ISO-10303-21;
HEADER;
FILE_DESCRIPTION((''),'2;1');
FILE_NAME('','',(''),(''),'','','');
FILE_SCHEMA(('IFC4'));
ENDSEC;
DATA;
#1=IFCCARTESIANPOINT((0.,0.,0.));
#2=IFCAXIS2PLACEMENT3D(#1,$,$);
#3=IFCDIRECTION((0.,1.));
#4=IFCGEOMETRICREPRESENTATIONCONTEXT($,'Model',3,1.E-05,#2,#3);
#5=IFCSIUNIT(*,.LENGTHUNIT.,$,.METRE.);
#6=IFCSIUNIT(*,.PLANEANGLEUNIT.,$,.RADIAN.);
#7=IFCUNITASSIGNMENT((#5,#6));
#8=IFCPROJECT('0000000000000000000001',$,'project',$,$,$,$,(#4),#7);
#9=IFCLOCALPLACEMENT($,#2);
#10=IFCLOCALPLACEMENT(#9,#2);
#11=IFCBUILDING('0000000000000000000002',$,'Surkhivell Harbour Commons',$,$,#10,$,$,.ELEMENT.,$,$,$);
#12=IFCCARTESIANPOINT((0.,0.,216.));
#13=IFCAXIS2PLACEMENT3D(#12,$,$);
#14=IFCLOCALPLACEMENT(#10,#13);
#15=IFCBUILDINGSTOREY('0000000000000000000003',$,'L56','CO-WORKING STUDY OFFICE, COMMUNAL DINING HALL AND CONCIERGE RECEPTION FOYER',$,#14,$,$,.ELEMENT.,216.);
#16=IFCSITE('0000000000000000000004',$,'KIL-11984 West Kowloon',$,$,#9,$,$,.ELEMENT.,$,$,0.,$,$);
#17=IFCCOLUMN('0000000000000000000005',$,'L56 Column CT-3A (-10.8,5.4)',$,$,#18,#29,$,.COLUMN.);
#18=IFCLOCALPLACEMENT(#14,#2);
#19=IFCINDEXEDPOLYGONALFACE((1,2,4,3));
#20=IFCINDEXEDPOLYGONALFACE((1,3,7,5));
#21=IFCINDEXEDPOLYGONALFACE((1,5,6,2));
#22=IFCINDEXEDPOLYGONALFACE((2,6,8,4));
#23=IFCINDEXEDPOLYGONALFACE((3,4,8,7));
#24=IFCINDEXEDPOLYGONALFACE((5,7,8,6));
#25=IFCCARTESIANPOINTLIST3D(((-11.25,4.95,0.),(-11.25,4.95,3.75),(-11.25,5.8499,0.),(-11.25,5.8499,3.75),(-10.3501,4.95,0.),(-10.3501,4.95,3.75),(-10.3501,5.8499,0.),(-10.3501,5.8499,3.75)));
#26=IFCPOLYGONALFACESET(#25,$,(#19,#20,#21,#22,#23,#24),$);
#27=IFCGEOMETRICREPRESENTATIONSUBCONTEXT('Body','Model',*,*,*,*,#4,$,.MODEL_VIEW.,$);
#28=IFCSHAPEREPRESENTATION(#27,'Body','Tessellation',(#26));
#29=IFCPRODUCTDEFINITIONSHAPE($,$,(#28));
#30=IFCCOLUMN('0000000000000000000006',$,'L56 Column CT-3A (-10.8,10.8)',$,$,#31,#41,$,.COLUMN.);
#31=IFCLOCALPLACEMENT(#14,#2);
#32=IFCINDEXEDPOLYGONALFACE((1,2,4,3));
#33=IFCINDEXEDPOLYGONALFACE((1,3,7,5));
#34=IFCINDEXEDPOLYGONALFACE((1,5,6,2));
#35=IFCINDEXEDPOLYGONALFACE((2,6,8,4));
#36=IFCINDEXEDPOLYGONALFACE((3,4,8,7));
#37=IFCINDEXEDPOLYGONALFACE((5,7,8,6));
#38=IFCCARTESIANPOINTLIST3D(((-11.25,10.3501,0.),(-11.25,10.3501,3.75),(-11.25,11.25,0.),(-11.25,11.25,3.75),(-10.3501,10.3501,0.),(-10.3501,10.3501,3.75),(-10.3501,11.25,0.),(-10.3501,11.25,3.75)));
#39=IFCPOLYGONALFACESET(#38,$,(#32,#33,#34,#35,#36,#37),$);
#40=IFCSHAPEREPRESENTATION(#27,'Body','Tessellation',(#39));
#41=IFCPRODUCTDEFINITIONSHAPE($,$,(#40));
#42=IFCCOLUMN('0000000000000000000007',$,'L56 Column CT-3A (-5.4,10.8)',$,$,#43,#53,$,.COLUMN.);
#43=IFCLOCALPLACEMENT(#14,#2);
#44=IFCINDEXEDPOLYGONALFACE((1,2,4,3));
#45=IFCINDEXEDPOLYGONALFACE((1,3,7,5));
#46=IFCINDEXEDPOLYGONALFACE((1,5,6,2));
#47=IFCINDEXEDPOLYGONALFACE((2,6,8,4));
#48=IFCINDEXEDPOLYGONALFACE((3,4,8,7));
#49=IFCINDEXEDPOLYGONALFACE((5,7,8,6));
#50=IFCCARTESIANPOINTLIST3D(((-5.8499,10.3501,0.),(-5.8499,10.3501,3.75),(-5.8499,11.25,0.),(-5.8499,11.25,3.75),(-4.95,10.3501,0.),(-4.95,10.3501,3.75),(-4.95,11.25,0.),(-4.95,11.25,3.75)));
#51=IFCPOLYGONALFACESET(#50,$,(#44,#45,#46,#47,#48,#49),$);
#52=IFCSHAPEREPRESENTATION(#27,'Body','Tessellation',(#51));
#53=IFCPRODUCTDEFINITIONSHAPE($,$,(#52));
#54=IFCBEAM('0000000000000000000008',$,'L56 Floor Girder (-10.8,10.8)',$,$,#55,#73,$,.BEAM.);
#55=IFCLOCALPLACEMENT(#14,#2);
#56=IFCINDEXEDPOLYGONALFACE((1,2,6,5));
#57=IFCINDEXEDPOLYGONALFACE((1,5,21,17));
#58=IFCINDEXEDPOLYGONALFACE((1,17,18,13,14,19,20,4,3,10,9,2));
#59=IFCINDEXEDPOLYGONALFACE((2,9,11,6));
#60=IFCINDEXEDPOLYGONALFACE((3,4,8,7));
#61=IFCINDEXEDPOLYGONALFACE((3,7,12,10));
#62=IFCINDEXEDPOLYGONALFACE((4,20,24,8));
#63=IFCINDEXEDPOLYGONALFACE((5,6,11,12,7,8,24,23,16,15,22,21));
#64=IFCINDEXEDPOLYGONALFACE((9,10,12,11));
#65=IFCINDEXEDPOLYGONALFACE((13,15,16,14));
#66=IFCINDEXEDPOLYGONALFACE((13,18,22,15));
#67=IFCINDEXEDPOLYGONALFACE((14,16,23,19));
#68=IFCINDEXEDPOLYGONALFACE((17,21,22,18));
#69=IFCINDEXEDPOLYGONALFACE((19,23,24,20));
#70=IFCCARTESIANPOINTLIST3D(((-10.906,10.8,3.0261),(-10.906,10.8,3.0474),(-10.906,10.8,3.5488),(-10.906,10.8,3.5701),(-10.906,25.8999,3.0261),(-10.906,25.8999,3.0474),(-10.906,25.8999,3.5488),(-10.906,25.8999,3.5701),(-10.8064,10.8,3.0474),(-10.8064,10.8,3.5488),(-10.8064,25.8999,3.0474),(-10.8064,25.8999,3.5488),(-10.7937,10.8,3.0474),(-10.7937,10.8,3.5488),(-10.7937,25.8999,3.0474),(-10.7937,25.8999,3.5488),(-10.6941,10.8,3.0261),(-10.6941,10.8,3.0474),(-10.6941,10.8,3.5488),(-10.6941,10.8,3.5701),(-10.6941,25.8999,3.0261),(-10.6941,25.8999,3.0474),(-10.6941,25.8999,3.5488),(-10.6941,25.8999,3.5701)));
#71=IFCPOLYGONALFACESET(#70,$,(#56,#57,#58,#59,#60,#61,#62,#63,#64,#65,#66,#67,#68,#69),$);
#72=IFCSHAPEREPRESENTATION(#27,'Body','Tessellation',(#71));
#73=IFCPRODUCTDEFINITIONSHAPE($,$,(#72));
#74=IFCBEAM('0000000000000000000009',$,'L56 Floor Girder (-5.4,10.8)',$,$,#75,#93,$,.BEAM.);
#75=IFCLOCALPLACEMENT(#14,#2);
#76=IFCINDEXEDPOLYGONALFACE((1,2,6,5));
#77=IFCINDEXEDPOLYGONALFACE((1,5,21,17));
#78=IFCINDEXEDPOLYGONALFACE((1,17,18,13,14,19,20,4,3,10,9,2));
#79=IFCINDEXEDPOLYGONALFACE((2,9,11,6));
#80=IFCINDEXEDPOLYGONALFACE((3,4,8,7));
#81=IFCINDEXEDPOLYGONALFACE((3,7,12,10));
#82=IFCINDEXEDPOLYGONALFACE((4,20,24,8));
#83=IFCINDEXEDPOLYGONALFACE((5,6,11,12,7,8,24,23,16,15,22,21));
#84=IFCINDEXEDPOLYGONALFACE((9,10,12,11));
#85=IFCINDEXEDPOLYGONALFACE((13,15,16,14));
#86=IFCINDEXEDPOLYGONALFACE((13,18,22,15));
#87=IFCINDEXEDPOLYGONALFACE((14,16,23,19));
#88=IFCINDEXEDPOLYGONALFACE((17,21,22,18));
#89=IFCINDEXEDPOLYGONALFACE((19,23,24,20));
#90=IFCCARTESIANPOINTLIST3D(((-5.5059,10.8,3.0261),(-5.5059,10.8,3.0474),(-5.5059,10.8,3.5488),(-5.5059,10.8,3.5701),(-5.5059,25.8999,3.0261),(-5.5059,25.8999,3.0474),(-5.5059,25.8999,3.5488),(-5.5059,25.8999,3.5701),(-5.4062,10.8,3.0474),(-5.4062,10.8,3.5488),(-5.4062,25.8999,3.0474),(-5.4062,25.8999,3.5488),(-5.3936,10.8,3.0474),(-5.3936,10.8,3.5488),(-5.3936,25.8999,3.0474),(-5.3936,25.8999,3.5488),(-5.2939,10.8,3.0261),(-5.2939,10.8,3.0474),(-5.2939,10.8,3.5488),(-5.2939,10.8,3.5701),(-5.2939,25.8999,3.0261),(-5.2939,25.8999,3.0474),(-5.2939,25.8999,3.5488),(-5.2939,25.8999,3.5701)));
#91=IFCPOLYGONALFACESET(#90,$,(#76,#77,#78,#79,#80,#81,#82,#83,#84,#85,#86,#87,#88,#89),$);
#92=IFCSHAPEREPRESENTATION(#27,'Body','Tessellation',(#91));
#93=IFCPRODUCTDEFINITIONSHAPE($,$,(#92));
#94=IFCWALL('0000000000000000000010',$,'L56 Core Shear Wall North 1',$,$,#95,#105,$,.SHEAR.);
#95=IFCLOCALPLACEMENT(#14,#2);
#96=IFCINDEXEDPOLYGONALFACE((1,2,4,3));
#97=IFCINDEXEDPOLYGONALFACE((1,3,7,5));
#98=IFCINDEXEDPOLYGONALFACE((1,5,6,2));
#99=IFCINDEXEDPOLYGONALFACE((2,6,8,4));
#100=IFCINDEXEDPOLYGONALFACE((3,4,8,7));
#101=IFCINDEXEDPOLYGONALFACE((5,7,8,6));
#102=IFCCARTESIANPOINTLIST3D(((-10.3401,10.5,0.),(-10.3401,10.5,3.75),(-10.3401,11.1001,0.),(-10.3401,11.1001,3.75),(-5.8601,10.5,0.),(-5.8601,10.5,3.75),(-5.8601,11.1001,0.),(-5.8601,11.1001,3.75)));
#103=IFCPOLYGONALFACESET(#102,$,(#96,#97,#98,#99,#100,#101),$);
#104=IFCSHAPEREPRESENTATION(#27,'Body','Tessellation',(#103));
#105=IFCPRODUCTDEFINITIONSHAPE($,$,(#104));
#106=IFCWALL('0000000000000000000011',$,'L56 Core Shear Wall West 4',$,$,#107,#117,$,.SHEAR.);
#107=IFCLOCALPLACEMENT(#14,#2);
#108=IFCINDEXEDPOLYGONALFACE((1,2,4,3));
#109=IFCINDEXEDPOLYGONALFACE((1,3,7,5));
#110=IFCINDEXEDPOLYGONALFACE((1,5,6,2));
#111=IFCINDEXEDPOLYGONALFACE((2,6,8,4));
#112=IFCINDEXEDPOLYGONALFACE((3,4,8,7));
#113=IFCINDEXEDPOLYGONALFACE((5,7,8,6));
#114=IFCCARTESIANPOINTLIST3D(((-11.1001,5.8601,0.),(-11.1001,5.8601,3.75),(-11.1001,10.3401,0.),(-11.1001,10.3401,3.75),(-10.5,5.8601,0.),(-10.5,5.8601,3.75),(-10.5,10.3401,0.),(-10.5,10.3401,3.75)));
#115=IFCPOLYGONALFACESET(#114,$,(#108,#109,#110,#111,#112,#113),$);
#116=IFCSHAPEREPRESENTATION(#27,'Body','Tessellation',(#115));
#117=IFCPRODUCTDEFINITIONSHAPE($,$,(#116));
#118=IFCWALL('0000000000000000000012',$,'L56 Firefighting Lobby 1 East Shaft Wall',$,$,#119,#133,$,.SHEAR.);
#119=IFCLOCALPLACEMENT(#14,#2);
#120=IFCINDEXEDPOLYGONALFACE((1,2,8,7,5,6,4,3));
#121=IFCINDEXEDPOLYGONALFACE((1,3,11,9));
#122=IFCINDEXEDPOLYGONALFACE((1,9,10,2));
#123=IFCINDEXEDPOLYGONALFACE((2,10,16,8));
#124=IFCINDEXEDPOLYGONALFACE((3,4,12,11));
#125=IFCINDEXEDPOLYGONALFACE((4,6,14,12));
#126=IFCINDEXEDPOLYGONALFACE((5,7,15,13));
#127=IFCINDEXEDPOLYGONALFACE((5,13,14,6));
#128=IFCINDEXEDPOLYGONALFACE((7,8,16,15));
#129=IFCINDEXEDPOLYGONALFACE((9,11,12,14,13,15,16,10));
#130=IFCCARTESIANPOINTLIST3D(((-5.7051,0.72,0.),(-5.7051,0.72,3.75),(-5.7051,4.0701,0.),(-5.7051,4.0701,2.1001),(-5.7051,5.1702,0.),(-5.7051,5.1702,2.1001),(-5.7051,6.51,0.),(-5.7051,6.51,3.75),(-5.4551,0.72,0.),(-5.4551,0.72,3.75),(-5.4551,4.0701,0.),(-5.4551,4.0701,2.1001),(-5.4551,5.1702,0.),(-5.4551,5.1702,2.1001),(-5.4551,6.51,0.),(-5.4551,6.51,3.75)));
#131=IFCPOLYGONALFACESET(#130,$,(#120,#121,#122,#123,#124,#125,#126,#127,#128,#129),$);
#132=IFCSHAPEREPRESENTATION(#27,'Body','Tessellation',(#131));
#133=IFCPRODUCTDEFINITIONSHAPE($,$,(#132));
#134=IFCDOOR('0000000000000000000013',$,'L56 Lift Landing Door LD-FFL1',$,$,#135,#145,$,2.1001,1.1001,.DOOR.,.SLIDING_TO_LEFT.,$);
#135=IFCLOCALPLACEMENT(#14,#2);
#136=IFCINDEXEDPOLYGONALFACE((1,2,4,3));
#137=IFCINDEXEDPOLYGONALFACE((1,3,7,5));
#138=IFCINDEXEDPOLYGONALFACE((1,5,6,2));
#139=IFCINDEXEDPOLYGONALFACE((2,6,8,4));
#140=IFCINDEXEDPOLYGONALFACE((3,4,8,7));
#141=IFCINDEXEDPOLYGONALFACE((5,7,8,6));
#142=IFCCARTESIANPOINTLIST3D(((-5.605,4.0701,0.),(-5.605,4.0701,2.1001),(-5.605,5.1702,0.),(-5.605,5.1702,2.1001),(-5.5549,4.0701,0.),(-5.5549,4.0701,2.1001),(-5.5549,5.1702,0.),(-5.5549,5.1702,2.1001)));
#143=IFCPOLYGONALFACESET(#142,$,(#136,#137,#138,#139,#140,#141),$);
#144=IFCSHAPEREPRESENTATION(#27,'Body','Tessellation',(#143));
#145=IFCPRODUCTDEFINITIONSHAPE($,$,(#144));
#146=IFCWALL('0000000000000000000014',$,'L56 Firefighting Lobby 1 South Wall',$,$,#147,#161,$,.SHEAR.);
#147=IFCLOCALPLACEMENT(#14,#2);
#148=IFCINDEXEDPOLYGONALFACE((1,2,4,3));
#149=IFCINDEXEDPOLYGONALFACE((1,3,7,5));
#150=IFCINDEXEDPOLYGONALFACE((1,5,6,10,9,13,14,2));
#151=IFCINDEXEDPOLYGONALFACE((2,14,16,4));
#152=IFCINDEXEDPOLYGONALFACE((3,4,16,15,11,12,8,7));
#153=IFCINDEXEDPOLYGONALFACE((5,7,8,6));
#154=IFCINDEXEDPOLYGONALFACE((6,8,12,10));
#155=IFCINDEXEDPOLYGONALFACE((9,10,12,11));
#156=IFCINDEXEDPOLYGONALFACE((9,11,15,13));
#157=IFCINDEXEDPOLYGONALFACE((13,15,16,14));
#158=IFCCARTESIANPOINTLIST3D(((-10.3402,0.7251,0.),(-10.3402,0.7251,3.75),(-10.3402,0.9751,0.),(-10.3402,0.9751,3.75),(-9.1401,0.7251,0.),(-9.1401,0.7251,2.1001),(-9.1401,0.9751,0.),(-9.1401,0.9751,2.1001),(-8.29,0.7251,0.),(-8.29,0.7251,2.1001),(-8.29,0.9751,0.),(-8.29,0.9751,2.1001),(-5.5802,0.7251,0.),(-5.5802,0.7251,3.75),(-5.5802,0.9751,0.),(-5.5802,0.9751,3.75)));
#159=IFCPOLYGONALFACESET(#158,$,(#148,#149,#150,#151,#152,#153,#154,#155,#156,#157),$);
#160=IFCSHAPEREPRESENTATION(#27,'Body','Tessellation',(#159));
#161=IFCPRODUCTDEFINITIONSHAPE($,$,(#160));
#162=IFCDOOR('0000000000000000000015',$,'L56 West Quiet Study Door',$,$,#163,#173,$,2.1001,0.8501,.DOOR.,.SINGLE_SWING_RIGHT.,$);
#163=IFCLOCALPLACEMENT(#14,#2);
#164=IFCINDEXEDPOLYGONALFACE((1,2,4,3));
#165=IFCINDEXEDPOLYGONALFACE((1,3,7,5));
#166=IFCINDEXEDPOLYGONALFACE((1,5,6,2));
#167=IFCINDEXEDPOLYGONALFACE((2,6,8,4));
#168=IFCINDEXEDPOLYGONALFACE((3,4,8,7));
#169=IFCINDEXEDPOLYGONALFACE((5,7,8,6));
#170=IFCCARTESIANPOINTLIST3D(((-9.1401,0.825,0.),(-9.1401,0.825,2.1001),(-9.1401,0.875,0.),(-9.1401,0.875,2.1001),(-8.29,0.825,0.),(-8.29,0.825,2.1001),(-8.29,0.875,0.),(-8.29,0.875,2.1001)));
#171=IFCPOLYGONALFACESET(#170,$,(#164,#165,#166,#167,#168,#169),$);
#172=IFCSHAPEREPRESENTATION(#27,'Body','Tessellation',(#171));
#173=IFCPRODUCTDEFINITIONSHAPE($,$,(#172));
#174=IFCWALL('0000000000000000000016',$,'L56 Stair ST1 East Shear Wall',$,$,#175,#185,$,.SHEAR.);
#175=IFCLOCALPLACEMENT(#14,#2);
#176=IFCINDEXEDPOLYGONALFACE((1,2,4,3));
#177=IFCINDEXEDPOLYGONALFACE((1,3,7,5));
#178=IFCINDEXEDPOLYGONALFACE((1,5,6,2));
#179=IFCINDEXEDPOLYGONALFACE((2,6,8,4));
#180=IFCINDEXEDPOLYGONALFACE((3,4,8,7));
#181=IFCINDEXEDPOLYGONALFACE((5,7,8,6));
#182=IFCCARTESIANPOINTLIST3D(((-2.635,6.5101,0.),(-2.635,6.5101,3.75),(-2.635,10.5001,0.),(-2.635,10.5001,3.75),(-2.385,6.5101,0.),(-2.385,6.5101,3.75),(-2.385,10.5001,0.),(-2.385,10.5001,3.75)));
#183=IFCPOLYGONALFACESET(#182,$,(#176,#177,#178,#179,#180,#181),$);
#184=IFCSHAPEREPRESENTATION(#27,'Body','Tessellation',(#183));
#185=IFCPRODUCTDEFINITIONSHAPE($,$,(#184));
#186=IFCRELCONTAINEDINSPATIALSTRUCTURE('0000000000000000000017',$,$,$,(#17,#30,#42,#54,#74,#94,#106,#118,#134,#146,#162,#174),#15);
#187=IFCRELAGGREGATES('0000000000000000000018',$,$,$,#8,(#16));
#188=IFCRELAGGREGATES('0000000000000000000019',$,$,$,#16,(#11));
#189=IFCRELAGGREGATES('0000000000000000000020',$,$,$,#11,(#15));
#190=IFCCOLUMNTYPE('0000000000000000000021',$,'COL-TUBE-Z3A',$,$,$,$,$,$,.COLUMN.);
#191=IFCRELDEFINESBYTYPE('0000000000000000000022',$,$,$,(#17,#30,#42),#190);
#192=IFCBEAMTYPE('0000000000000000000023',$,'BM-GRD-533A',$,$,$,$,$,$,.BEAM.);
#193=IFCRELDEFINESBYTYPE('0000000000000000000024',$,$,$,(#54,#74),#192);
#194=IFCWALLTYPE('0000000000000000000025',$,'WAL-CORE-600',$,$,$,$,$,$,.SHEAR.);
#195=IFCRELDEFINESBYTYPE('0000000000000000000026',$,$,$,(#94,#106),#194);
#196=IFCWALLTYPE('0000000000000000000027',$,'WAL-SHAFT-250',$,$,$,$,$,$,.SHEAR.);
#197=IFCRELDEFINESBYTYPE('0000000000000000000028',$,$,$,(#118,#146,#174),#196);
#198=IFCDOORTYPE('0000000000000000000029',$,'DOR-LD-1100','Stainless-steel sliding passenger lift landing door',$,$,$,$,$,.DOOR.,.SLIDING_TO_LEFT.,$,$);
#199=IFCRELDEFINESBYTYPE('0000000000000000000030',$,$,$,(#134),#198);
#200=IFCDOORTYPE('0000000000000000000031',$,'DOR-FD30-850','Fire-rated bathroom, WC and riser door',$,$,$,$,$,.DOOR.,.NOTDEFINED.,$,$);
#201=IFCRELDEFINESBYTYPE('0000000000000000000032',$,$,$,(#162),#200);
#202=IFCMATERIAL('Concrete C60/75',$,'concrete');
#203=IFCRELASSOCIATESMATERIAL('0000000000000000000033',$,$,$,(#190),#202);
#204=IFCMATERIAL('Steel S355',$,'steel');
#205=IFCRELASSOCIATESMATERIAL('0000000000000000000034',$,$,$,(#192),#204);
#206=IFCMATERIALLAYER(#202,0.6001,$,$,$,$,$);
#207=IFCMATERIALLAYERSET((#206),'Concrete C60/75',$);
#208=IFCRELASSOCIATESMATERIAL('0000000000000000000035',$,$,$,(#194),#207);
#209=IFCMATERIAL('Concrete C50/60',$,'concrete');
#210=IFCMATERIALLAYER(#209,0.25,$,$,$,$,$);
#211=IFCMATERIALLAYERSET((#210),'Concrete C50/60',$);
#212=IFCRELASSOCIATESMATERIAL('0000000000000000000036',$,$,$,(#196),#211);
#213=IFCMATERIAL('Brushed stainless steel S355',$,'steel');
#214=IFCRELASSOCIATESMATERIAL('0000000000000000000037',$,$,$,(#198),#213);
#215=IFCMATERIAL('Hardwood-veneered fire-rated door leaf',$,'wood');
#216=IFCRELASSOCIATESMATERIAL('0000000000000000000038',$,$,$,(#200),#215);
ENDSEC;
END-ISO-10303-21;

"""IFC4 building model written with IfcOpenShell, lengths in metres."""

from ifc_helpers import new_model, si_unit, direction, frame, frame_2d, origin, origin_2d, place, context, subcontext, project, spatial, rectangle, i_section, extrude, material, layer, layer_set, material_profile, profile_set, type_object, element, fill, save


model = new_model("IFC4")

# Units and contexts
model_context = context("Model", 3, precision=1e-05, world=origin(), true_north=direction((0.0, 1.0)))
body_context = subcontext(model_context, "Body", "Model", "MODEL_VIEW")
ifc_project = project(units=[si_unit("LENGTHUNIT", "METRE"), si_unit("PLANEANGLEUNIT", "RADIAN")], contexts=[model_context])

# Site, building, storey
site_placement = place(None, origin())
site = spatial("IfcSite", under=ifc_project, at=site_placement, Name="KIL-11984 West Kowloon", CompositionType="ELEMENT", RefElevation=0.0)
building_placement = place(site_placement, origin())
building = spatial("IfcBuilding", under=site, at=building_placement, Name="Surkhivell Harbour Commons", CompositionType="ELEMENT")
storey_placement = place(building_placement, frame((0.0, 0.0, 216.0)))
storey = spatial("IfcBuildingStorey", under=building, at=storey_placement, Name="L56", Description="CO-WORKING STUDY OFFICE, COMMUNAL DINING HALL AND CONCIERGE RECEPTION FOYER", CompositionType="ELEMENT", Elevation=216.0)

# Columns
ifc_material_1 = material(Name="Concrete C60/75", Category="concrete")
ifc_material_profile_1 = material_profile(ifc_material_1, rectangle(XDim=0.8999, YDim=0.8999, at=origin_2d()), Name="RC-COL-900x900")
ifc_profile_set_1 = profile_set([ifc_material_profile_1], Name="Concrete C60/75")
column_type = type_object("IfcColumnType", Name="COL-TUBE-Z3A", PredefinedType="COLUMN", material=ifc_profile_set_1)
for number, where, z_axis, x_axis, name in (
    (1, (-10.8, 5.3999, 0.0), (0.0, 0.0, 1.0), (1.0, 0.0, 0.0), "L56 Column CT-3A (-10.8,5.4)"),
    (2, (-10.8, 10.8, 0.0), (0.0, 0.0, 1.0), (1.0, 0.0, 0.0), "L56 Column CT-3A (-10.8,10.8)"),
    (3, (-5.3999, 10.8, 0.0), (0.0, 0.0, 1.0), (1.0, 0.0, 0.0), "L56 Column CT-3A (-5.4,10.8)"),
):
    element("IfcColumn", number, at=place(storey_placement, frame(where, z_axis=z_axis, x_axis=x_axis)), inside=storey, type_object=column_type, Name=name, PredefinedType="COLUMN", context=body_context, shape_type="SweptSolid", body=[
        extrude(rectangle(XDim=0.8999, YDim=0.8999, at=origin_2d()), origin(), (0.0, 0.0, 1.0), 3.75),
    ])

# Beams
ifc_material_2 = material(Name="Steel S355", Category="steel")
ifc_material_profile_2 = material_profile(ifc_material_2, i_section(OverallWidth=0.2119, OverallDepth=0.5439, WebThickness=0.0127, FlangeThickness=0.0212, at=origin_2d()), Name="UB533x210x122")
ifc_profile_set_2 = profile_set([ifc_material_profile_2], Name="Steel S355")
beam_type = type_object("IfcBeamType", Name="BM-GRD-533A", PredefinedType="BEAM", material=ifc_profile_set_2)
for number, where, z_axis, x_axis, name in (
    (4, (-10.8, 10.8, 3.2981), (0.0, 1.0, 0.0), (-1.0, 0.0, 0.0), "L56 Floor Girder (-10.8,10.8)"),
    (5, (-5.3999, 10.8, 3.2981), (0.0, 1.0, 0.0), (-1.0, 0.0, 0.0), "L56 Floor Girder (-5.4,10.8)"),
):
    element("IfcBeam", number, at=place(storey_placement, frame(where, z_axis=z_axis, x_axis=x_axis)), inside=storey, type_object=beam_type, Name=name, PredefinedType="BEAM", context=body_context, shape_type="SweptSolid", body=[
        extrude(i_section(OverallWidth=0.2119, OverallDepth=0.5439, WebThickness=0.0127, FlangeThickness=0.0212, at=origin_2d()), origin(), (0.0, 0.0, 1.0), 15.0999),
    ])

# Walls
ifc_layer_1 = layer(ifc_material_1, 0.6001)
ifc_layer_set_1 = layer_set([ifc_layer_1], Name="Concrete C60/75")
wall_type_1 = type_object("IfcWallType", Name="WAL-CORE-600", PredefinedType="SHEAR", material=ifc_layer_set_1)
for number, where, z_axis, x_axis, name in (
    (6, (-10.3401, 10.8, 0.0), (0.0, 0.0, 1.0), (1.0, 0.0, 0.0), "L56 Core Shear Wall North 1"),
    (7, (-10.8, 5.8601, 0.0), (0.0, 0.0, 1.0), (0.0, 1.0, 0.0), "L56 Core Shear Wall West 4"),
):
    element("IfcWall", number, at=place(storey_placement, frame(where, z_axis=z_axis, x_axis=x_axis)), inside=storey, type_object=wall_type_1, Name=name, PredefinedType="SHEAR", context=body_context, shape_type="SweptSolid", body=[
        extrude(rectangle(XDim=4.48, YDim=0.6001, at=frame_2d((2.24, 0.0))), origin(), (0.0, 0.0, 1.0), 3.75),
    ])

# Walls, openings, doors
ifc_material_3 = material(Name="Concrete C50/60", Category="concrete")
ifc_layer_2 = layer(ifc_material_3, 0.25)
ifc_layer_set_2 = layer_set([ifc_layer_2], Name="Concrete C50/60")
wall_type_2 = type_object("IfcWallType", Name="WAL-SHAFT-250", PredefinedType="SHEAR", material=ifc_layer_set_2)
wall_1_placement = place(storey_placement, frame((-5.5801, 0.72, 0.0), z_axis=(0.0, 0.0, 1.0), x_axis=(0.0, 1.0, 0.0)))
wall_1 = element("IfcWall", 8, at=wall_1_placement, inside=storey, type_object=wall_type_2, Name="L56 Firefighting Lobby 1 East Shaft Wall", PredefinedType="SHEAR", context=body_context, shape_type="SweptSolid", body=[
    extrude(rectangle(XDim=5.79, YDim=0.25, at=frame_2d((2.895, 0.0))), origin(), (0.0, 0.0, 1.0), 3.75),
])
opening_1_placement = place(wall_1_placement, frame((3.3501, 0.0, 0.0)))
opening_1 = element("IfcOpeningElement", 9, at=opening_1_placement, cuts=wall_1, PredefinedType="OPENING", context=body_context, shape_type="SweptSolid", body=[
    extrude(rectangle(XDim=1.1001, YDim=2.1001, at=frame_2d((0.55, 1.05))), frame((0.0, 0.135, 0.0), z_axis=(0.0, -1.0, 0.0), x_axis=(1.0, 0.0, 0.0)), (0.0, 0.0, 1.0), 0.27),
])
ifc_material_4 = material(Name="Brushed stainless steel S355", Category="steel")
door_type_1 = type_object("IfcDoorType", Name="DOR-LD-1100", Description="Stainless-steel sliding passenger lift landing door", OperationType="SLIDING_TO_LEFT", PredefinedType="DOOR", material=ifc_material_4)
door_1_placement = place(opening_1_placement, origin())
door_1 = element("IfcDoor", 10, at=door_1_placement, inside=storey, type_object=door_type_1, Name="L56 Lift Landing Door LD-FFL1", OperationType="SLIDING_TO_LEFT", OverallHeight=2.1001, OverallWidth=1.1001, PredefinedType="DOOR", context=body_context, shape_type="SweptSolid", body=[
    extrude(rectangle(XDim=1.1001, YDim=2.1001, at=frame_2d((0.55, 1.05))), frame((0.0, 0.0249, 0.0), z_axis=(0.0, -1.0, 0.0), x_axis=(1.0, 0.0, 0.0)), (0.0, 0.0, 1.0), 0.05),
])
fill(opening_1, door_1)
wall_2_placement = place(storey_placement, frame((-10.3401, 0.8501, 0.0), z_axis=(0.0, 0.0, 1.0), x_axis=(1.0, 0.0, 0.0)))
wall_2 = element("IfcWall", 11, at=wall_2_placement, inside=storey, type_object=wall_type_2, Name="L56 Firefighting Lobby 1 South Wall", PredefinedType="SHEAR", context=body_context, shape_type="SweptSolid", body=[
    extrude(rectangle(XDim=4.76, YDim=0.25, at=frame_2d((2.3799, 0.0))), origin(), (0.0, 0.0, 1.0), 3.75),
])
opening_2_placement = place(wall_2_placement, frame((1.2, 0.0, 0.0)))
opening_2 = element("IfcOpeningElement", 12, at=opening_2_placement, cuts=wall_2, PredefinedType="OPENING", context=body_context, shape_type="SweptSolid", body=[
    extrude(rectangle(XDim=0.8501, YDim=2.1001, at=frame_2d((0.425, 1.05))), frame((0.0, 0.135, 0.0), z_axis=(0.0, -1.0, 0.0), x_axis=(1.0, 0.0, 0.0)), (0.0, 0.0, 1.0), 0.27),
])
ifc_material_5 = material(Name="Hardwood-veneered fire-rated door leaf", Category="wood")
door_type_2 = type_object("IfcDoorType", Name="DOR-FD30-850", Description="Fire-rated bathroom, WC and riser door", OperationType="NOTDEFINED", PredefinedType="DOOR", material=ifc_material_5)
door_2_placement = place(opening_2_placement, origin())
door_2 = element("IfcDoor", 13, at=door_2_placement, inside=storey, type_object=door_type_2, Name="L56 West Quiet Study Door", OperationType="SINGLE_SWING_RIGHT", OverallHeight=2.1001, OverallWidth=0.8501, PredefinedType="DOOR", context=body_context, shape_type="SweptSolid", body=[
    extrude(rectangle(XDim=0.8501, YDim=2.1001, at=frame_2d((0.425, 1.05))), frame((0.0, 0.0249, 0.0), z_axis=(0.0, -1.0, 0.0), x_axis=(1.0, 0.0, 0.0)), (0.0, 0.0, 1.0), 0.05),
])
fill(opening_2, door_2)

# Wall
wall_3_placement = place(storey_placement, frame((-2.51, 6.51, 0.0), z_axis=(0.0, 0.0, 1.0), x_axis=(0.0, 1.0, 0.0)))
element("IfcWall", 14, at=wall_3_placement, inside=storey, type_object=wall_type_2, Name="L56 Stair ST1 East Shear Wall", PredefinedType="SHEAR", context=body_context, shape_type="SweptSolid", body=[
    extrude(rectangle(XDim=3.99, YDim=0.25, at=frame_2d((1.9951, 0.0))), origin(), (0.0, 0.0, 1.0), 3.75),
])

save(model, "model.ifc")
